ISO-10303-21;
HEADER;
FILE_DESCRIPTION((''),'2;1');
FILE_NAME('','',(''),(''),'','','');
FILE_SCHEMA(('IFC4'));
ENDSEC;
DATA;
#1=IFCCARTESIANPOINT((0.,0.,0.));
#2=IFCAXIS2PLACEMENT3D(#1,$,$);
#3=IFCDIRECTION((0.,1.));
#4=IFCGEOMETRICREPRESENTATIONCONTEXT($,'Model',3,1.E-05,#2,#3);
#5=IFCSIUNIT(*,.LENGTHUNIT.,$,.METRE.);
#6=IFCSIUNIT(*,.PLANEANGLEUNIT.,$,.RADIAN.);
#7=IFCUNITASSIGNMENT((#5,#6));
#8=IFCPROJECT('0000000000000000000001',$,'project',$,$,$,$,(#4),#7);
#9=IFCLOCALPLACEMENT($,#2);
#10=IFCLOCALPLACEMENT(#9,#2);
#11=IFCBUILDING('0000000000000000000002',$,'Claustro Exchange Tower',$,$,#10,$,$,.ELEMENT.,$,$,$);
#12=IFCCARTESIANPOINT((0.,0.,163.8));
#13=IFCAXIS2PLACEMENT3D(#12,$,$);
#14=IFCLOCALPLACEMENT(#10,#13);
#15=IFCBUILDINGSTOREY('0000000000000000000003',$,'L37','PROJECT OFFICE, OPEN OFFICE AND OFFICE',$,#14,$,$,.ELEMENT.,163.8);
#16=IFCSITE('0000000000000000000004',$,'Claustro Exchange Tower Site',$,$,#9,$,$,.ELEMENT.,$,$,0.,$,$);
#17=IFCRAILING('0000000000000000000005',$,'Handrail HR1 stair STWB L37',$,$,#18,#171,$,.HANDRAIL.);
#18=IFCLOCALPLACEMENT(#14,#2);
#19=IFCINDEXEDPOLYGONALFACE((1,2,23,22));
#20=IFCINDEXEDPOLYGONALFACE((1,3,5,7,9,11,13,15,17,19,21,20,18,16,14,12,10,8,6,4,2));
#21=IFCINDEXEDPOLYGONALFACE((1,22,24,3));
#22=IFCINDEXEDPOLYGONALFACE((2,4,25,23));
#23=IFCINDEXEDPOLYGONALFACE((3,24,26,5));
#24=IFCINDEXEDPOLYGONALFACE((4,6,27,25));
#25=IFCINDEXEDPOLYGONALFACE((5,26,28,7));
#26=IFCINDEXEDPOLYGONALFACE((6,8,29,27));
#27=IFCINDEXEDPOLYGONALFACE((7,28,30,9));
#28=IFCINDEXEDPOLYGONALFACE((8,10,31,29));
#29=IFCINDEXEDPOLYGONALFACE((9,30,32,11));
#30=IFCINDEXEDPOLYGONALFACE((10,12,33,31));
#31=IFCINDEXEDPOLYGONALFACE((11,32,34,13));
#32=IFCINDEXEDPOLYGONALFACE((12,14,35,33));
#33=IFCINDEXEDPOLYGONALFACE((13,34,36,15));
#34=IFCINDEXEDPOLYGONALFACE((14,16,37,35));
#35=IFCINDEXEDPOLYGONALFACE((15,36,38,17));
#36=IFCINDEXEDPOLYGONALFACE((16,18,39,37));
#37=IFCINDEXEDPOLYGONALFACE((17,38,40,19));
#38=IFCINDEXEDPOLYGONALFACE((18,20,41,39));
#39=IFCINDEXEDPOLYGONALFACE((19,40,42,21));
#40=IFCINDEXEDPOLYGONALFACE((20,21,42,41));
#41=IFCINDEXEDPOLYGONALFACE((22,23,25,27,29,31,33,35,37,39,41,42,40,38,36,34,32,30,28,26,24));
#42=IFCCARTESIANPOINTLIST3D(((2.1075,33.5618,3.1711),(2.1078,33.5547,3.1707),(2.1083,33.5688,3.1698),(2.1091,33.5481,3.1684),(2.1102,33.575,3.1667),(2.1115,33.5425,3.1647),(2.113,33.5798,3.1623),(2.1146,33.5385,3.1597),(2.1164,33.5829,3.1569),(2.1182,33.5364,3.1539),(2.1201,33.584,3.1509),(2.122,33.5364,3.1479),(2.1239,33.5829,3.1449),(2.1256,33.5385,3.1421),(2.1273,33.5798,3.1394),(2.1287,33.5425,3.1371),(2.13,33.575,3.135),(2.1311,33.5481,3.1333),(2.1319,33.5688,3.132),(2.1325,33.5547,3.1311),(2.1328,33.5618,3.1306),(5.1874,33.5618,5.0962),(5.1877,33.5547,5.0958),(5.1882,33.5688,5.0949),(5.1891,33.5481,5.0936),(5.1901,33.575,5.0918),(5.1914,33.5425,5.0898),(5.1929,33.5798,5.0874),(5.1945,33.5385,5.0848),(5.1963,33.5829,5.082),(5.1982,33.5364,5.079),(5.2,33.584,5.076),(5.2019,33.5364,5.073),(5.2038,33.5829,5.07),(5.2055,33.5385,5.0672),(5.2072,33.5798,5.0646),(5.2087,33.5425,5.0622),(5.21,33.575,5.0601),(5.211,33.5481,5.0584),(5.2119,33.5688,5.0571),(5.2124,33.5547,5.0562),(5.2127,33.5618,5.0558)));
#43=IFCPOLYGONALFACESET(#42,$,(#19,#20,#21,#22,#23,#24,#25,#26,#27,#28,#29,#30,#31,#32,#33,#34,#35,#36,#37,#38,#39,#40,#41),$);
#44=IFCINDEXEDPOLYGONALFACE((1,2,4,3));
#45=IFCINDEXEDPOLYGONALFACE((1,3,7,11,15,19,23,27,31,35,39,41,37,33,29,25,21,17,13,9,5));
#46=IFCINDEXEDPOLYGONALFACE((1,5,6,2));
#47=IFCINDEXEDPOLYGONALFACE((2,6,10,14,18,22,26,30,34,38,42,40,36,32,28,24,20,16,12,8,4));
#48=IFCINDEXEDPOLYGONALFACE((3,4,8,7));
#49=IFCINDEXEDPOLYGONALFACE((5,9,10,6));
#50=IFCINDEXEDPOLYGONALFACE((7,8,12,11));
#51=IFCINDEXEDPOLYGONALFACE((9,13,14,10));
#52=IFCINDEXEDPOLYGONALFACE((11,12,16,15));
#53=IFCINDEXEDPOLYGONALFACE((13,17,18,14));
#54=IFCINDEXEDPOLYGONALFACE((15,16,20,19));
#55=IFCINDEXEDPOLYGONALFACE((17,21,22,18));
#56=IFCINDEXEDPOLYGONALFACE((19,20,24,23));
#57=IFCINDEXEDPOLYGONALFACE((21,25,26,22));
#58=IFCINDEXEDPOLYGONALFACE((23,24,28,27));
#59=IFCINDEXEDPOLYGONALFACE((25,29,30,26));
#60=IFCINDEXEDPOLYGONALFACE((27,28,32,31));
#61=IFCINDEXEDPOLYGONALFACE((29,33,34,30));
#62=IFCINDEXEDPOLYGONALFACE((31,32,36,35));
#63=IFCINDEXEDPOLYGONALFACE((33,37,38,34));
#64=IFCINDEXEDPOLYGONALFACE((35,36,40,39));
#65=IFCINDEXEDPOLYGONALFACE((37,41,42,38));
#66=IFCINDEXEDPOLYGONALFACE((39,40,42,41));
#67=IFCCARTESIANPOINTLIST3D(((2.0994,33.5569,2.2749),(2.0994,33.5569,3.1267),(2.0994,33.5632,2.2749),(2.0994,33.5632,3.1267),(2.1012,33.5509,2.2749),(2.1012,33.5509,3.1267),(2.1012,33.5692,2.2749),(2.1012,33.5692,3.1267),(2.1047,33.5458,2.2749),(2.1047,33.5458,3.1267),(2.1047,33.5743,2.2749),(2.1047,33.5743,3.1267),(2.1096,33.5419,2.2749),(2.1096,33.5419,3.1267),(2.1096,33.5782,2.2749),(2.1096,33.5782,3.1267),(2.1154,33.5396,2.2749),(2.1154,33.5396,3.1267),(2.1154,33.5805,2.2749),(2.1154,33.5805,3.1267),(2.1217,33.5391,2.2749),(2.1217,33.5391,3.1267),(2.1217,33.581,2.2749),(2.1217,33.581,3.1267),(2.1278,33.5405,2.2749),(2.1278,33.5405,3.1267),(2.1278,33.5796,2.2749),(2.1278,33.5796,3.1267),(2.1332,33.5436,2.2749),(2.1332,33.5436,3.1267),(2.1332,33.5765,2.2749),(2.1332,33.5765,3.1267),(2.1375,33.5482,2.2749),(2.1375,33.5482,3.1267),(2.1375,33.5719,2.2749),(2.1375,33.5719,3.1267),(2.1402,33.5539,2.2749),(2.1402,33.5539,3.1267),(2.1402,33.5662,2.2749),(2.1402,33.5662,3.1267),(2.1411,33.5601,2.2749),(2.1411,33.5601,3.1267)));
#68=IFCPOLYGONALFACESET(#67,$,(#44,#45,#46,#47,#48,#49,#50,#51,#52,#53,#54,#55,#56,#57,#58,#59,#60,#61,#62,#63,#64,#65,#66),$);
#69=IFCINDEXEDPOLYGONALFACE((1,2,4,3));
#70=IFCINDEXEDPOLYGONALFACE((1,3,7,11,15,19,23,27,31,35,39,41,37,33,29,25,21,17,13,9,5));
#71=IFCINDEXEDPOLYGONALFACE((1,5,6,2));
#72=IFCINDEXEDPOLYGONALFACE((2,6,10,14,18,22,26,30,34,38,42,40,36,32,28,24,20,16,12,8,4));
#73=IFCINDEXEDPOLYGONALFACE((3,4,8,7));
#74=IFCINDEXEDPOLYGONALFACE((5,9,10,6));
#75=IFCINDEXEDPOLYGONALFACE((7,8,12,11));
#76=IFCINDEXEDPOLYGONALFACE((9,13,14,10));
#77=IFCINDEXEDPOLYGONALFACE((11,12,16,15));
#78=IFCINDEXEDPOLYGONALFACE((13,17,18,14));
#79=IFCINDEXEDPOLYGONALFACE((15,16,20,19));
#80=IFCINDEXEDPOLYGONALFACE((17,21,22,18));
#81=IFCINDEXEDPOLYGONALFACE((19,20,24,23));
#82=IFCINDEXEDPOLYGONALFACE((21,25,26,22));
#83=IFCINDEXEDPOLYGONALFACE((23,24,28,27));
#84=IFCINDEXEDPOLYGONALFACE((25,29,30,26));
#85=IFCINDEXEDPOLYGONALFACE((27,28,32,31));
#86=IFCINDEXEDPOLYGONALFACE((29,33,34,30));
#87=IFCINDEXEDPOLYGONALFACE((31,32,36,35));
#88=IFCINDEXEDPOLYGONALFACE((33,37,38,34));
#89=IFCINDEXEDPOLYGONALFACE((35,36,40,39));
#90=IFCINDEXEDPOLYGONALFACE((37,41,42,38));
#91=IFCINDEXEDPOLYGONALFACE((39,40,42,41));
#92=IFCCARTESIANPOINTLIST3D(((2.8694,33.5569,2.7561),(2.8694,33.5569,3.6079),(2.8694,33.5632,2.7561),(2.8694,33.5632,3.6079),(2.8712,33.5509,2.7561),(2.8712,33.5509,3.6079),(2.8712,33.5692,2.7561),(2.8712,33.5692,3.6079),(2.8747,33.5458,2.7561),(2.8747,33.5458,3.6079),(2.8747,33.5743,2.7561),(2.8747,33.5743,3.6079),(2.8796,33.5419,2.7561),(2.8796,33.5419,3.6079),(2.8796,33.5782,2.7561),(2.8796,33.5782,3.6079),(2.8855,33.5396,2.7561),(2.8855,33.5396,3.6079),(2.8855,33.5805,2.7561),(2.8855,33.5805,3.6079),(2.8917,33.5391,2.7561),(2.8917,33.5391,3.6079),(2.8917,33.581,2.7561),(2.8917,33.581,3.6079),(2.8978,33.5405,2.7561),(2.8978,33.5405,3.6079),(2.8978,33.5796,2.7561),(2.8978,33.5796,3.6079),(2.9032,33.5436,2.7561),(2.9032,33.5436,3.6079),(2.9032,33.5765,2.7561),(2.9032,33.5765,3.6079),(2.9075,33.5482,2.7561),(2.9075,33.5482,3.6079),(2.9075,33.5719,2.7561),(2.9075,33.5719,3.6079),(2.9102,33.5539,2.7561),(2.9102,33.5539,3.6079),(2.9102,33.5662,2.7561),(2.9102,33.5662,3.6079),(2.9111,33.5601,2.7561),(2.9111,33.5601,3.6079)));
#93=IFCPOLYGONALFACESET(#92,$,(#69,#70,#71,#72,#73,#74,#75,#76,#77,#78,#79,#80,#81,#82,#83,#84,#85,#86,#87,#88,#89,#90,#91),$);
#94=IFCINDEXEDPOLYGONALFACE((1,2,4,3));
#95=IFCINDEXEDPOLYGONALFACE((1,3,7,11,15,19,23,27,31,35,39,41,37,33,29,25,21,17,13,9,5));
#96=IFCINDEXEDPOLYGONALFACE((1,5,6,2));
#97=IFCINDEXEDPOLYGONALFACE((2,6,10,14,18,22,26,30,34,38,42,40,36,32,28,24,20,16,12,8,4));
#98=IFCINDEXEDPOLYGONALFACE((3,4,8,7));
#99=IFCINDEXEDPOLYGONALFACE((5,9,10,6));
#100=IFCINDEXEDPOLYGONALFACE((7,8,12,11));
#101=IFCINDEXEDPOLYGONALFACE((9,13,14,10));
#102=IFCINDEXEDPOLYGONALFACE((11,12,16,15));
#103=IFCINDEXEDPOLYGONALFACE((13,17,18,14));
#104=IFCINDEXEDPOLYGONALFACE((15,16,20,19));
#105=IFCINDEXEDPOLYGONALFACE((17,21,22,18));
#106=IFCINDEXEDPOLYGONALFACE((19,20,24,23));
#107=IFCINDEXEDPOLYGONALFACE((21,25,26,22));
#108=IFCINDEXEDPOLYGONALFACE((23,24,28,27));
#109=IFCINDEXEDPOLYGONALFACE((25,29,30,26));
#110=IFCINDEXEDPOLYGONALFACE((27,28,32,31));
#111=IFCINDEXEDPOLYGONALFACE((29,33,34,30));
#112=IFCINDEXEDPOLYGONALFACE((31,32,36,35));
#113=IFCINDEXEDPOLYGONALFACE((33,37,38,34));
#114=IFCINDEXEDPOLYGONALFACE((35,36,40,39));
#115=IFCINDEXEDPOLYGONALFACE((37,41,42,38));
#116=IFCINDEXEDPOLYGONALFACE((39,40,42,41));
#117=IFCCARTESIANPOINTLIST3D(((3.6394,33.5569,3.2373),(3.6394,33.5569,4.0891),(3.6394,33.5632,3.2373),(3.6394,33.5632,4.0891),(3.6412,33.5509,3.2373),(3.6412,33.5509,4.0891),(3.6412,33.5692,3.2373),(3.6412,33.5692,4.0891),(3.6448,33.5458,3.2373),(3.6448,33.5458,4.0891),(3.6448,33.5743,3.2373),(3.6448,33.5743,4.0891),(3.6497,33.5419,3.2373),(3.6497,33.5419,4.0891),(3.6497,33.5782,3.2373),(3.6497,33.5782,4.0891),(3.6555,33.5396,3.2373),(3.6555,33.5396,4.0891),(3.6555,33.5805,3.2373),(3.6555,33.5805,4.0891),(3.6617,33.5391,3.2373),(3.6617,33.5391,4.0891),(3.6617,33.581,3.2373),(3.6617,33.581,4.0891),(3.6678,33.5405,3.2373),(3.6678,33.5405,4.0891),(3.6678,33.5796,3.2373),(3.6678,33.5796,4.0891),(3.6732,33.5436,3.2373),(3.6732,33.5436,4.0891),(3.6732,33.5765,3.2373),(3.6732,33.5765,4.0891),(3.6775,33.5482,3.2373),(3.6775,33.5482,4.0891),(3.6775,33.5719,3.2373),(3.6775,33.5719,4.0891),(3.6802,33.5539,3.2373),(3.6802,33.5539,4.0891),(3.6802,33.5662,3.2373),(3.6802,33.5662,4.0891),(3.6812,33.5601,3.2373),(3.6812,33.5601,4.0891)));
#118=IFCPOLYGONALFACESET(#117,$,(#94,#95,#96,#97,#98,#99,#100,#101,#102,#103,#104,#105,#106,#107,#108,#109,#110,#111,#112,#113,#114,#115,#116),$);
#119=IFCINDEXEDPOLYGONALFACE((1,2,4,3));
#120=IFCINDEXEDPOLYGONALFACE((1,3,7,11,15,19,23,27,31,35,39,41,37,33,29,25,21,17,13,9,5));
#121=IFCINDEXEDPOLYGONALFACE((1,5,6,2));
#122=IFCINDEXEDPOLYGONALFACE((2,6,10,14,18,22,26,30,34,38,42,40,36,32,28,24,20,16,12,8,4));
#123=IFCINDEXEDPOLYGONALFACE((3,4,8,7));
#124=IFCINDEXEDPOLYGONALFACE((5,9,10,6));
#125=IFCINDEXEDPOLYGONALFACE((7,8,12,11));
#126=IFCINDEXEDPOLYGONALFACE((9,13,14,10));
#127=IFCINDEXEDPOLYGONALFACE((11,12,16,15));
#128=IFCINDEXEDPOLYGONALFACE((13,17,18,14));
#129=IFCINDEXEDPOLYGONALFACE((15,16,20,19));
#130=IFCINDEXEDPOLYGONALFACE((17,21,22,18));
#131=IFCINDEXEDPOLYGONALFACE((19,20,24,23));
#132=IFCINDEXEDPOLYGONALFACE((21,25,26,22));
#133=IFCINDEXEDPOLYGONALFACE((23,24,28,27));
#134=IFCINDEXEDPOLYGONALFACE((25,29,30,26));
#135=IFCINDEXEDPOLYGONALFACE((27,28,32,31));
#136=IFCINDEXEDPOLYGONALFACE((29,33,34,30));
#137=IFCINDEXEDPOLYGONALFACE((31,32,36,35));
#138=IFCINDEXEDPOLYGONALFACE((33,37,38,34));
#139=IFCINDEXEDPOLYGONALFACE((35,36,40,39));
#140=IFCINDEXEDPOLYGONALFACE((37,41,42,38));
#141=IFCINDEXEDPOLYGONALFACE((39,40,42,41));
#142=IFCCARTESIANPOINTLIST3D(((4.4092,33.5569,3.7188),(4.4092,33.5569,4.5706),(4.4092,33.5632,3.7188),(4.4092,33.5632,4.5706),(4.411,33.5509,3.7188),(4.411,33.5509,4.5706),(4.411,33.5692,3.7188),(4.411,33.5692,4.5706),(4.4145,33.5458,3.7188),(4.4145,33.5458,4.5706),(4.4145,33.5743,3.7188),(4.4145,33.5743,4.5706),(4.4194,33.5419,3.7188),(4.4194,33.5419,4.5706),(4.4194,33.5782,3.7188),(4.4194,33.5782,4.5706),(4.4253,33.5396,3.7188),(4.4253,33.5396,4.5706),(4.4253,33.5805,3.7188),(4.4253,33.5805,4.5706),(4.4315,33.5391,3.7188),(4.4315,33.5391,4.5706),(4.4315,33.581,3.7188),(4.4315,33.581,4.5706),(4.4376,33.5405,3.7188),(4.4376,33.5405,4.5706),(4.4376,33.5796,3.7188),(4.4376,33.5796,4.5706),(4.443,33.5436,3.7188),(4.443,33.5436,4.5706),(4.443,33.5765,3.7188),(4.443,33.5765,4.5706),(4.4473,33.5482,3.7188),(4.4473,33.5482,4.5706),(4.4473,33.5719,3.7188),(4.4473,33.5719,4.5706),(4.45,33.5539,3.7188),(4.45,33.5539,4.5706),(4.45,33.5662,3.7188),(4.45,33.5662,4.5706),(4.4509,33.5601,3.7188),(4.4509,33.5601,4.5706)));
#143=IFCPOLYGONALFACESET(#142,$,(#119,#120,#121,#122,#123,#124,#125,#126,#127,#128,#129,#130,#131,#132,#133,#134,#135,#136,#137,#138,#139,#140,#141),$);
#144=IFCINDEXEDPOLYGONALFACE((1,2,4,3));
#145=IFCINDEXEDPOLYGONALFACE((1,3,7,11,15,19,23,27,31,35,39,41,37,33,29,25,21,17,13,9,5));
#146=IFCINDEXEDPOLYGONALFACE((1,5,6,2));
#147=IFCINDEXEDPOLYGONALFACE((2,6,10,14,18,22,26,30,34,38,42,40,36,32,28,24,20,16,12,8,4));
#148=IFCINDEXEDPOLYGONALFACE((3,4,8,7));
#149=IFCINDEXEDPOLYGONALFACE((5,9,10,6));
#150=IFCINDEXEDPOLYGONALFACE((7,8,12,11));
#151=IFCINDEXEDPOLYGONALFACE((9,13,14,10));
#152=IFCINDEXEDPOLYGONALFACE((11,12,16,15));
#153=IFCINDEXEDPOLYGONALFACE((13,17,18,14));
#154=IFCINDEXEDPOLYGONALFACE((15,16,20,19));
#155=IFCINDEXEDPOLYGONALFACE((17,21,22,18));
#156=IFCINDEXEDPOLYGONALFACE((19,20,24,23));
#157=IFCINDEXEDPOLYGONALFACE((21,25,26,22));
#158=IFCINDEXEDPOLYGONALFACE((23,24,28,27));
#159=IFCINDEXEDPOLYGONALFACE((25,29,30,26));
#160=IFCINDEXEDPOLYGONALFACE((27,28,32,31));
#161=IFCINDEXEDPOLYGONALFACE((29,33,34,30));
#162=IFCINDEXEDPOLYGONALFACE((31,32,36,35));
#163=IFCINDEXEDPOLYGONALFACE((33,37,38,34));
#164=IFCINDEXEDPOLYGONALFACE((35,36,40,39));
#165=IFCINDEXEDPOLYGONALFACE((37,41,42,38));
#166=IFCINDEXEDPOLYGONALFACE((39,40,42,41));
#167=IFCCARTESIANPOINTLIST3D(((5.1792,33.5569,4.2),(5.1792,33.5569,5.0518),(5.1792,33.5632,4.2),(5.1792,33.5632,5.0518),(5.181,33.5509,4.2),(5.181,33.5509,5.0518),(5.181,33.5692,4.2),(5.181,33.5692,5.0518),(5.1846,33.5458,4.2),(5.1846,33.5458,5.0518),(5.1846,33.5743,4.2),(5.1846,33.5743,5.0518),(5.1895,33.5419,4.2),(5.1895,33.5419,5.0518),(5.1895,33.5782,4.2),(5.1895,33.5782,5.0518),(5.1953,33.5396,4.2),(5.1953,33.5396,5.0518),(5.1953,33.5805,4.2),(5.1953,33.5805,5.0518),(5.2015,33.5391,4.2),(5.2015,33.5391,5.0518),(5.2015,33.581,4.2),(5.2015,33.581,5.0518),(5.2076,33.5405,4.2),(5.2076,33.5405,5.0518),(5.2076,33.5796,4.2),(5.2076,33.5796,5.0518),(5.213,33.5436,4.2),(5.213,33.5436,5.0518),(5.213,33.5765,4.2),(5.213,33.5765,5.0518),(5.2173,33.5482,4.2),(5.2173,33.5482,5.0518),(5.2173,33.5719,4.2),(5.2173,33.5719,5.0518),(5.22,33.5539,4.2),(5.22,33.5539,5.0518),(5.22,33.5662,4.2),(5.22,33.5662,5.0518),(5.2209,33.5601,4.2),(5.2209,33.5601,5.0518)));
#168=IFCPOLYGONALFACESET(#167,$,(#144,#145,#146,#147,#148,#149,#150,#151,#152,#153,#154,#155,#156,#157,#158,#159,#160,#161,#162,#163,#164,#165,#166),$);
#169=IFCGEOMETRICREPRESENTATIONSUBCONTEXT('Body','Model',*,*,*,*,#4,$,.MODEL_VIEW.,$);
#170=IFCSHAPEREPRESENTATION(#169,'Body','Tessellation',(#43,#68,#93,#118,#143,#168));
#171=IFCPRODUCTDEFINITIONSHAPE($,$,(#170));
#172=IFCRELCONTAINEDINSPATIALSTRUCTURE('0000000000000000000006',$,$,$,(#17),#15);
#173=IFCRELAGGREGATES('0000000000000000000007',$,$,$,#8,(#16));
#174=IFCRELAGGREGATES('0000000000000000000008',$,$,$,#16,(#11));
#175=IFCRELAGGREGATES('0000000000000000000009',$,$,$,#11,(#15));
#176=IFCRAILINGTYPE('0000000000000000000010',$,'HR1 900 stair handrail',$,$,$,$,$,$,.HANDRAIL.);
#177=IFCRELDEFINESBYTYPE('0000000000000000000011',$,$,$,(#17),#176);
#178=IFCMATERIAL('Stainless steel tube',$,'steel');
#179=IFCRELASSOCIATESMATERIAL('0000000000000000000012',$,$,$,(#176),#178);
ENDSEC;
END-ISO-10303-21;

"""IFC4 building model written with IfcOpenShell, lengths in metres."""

from ifc_helpers import new_model, si_unit, direction, frame, origin, origin_2d, place, context, subcontext, project, spatial, circle, extrude, material, type_object, element, save


model = new_model("IFC4")

# Units and contexts
model_context = context("Model", 3, precision=1e-05, world=origin(), true_north=direction((0.0, 1.0)))
body_context = subcontext(model_context, "Body", "Model", "MODEL_VIEW")
ifc_project = project(units=[si_unit("LENGTHUNIT", "METRE"), si_unit("PLANEANGLEUNIT", "RADIAN")], contexts=[model_context])

# Site, building, storey
site_placement = place(None, origin())
site = spatial("IfcSite", under=ifc_project, at=site_placement, Name="Claustro Exchange Tower Site", CompositionType="ELEMENT", RefElevation=0.0)
building_placement = place(site_placement, origin())
building = spatial("IfcBuilding", under=site, at=building_placement, Name="Claustro Exchange Tower", CompositionType="ELEMENT")
storey_placement = place(building_placement, frame((0.0, 0.0, 163.8)))
storey = spatial("IfcBuildingStorey", under=building, at=storey_placement, Name="L37", Description="PROJECT OFFICE, OPEN OFFICE AND OFFICE", CompositionType="ELEMENT", Elevation=163.8)

# Railing
ifc_material_1 = material(Name="Stainless steel tube", Category="steel")
railing_type_1 = type_object("IfcRailingType", Name="HR1 900 stair handrail", PredefinedType="HANDRAIL", material=ifc_material_1)
railing_1_placement = place(storey_placement, frame((2.1201, 33.5601, 2.2749)))
element("IfcRailing", 1, at=railing_1_placement, inside=storey, type_object=railing_type_1, Name="Handrail HR1 stair STWB L37", PredefinedType="HANDRAIL", context=body_context, shape_type="SweptSolid", body=[
    extrude(circle(Radius=0.0239, at=origin_2d()), frame((0.0, 0.0, 0.876), z_axis=(0.847979, 0.0, 0.530029), x_axis=(0.0, 1.0, 0.0)), (0.0, 0.0, 1.0), 3.6321),
    extrude(circle(Radius=0.021, at=origin_2d()), origin(), (0.0, 0.0, 1.0), 0.8518),
    extrude(circle(Radius=0.021, at=origin_2d()), frame((0.77, 0.0, 0.4812)), (0.0, 0.0, 1.0), 0.8518),
    extrude(circle(Radius=0.021, at=origin_2d()), frame((1.54, 0.0, 0.9624)), (0.0, 0.0, 1.0), 0.8518),
    extrude(circle(Radius=0.021, at=origin_2d()), frame((2.3098, 0.0, 1.4438)), (0.0, 0.0, 1.0), 0.8518),
    extrude(circle(Radius=0.021, at=origin_2d()), frame((3.0798, 0.0, 1.925)), (0.0, 0.0, 1.0), 0.8518),
])

save(model, "model.ifc")
